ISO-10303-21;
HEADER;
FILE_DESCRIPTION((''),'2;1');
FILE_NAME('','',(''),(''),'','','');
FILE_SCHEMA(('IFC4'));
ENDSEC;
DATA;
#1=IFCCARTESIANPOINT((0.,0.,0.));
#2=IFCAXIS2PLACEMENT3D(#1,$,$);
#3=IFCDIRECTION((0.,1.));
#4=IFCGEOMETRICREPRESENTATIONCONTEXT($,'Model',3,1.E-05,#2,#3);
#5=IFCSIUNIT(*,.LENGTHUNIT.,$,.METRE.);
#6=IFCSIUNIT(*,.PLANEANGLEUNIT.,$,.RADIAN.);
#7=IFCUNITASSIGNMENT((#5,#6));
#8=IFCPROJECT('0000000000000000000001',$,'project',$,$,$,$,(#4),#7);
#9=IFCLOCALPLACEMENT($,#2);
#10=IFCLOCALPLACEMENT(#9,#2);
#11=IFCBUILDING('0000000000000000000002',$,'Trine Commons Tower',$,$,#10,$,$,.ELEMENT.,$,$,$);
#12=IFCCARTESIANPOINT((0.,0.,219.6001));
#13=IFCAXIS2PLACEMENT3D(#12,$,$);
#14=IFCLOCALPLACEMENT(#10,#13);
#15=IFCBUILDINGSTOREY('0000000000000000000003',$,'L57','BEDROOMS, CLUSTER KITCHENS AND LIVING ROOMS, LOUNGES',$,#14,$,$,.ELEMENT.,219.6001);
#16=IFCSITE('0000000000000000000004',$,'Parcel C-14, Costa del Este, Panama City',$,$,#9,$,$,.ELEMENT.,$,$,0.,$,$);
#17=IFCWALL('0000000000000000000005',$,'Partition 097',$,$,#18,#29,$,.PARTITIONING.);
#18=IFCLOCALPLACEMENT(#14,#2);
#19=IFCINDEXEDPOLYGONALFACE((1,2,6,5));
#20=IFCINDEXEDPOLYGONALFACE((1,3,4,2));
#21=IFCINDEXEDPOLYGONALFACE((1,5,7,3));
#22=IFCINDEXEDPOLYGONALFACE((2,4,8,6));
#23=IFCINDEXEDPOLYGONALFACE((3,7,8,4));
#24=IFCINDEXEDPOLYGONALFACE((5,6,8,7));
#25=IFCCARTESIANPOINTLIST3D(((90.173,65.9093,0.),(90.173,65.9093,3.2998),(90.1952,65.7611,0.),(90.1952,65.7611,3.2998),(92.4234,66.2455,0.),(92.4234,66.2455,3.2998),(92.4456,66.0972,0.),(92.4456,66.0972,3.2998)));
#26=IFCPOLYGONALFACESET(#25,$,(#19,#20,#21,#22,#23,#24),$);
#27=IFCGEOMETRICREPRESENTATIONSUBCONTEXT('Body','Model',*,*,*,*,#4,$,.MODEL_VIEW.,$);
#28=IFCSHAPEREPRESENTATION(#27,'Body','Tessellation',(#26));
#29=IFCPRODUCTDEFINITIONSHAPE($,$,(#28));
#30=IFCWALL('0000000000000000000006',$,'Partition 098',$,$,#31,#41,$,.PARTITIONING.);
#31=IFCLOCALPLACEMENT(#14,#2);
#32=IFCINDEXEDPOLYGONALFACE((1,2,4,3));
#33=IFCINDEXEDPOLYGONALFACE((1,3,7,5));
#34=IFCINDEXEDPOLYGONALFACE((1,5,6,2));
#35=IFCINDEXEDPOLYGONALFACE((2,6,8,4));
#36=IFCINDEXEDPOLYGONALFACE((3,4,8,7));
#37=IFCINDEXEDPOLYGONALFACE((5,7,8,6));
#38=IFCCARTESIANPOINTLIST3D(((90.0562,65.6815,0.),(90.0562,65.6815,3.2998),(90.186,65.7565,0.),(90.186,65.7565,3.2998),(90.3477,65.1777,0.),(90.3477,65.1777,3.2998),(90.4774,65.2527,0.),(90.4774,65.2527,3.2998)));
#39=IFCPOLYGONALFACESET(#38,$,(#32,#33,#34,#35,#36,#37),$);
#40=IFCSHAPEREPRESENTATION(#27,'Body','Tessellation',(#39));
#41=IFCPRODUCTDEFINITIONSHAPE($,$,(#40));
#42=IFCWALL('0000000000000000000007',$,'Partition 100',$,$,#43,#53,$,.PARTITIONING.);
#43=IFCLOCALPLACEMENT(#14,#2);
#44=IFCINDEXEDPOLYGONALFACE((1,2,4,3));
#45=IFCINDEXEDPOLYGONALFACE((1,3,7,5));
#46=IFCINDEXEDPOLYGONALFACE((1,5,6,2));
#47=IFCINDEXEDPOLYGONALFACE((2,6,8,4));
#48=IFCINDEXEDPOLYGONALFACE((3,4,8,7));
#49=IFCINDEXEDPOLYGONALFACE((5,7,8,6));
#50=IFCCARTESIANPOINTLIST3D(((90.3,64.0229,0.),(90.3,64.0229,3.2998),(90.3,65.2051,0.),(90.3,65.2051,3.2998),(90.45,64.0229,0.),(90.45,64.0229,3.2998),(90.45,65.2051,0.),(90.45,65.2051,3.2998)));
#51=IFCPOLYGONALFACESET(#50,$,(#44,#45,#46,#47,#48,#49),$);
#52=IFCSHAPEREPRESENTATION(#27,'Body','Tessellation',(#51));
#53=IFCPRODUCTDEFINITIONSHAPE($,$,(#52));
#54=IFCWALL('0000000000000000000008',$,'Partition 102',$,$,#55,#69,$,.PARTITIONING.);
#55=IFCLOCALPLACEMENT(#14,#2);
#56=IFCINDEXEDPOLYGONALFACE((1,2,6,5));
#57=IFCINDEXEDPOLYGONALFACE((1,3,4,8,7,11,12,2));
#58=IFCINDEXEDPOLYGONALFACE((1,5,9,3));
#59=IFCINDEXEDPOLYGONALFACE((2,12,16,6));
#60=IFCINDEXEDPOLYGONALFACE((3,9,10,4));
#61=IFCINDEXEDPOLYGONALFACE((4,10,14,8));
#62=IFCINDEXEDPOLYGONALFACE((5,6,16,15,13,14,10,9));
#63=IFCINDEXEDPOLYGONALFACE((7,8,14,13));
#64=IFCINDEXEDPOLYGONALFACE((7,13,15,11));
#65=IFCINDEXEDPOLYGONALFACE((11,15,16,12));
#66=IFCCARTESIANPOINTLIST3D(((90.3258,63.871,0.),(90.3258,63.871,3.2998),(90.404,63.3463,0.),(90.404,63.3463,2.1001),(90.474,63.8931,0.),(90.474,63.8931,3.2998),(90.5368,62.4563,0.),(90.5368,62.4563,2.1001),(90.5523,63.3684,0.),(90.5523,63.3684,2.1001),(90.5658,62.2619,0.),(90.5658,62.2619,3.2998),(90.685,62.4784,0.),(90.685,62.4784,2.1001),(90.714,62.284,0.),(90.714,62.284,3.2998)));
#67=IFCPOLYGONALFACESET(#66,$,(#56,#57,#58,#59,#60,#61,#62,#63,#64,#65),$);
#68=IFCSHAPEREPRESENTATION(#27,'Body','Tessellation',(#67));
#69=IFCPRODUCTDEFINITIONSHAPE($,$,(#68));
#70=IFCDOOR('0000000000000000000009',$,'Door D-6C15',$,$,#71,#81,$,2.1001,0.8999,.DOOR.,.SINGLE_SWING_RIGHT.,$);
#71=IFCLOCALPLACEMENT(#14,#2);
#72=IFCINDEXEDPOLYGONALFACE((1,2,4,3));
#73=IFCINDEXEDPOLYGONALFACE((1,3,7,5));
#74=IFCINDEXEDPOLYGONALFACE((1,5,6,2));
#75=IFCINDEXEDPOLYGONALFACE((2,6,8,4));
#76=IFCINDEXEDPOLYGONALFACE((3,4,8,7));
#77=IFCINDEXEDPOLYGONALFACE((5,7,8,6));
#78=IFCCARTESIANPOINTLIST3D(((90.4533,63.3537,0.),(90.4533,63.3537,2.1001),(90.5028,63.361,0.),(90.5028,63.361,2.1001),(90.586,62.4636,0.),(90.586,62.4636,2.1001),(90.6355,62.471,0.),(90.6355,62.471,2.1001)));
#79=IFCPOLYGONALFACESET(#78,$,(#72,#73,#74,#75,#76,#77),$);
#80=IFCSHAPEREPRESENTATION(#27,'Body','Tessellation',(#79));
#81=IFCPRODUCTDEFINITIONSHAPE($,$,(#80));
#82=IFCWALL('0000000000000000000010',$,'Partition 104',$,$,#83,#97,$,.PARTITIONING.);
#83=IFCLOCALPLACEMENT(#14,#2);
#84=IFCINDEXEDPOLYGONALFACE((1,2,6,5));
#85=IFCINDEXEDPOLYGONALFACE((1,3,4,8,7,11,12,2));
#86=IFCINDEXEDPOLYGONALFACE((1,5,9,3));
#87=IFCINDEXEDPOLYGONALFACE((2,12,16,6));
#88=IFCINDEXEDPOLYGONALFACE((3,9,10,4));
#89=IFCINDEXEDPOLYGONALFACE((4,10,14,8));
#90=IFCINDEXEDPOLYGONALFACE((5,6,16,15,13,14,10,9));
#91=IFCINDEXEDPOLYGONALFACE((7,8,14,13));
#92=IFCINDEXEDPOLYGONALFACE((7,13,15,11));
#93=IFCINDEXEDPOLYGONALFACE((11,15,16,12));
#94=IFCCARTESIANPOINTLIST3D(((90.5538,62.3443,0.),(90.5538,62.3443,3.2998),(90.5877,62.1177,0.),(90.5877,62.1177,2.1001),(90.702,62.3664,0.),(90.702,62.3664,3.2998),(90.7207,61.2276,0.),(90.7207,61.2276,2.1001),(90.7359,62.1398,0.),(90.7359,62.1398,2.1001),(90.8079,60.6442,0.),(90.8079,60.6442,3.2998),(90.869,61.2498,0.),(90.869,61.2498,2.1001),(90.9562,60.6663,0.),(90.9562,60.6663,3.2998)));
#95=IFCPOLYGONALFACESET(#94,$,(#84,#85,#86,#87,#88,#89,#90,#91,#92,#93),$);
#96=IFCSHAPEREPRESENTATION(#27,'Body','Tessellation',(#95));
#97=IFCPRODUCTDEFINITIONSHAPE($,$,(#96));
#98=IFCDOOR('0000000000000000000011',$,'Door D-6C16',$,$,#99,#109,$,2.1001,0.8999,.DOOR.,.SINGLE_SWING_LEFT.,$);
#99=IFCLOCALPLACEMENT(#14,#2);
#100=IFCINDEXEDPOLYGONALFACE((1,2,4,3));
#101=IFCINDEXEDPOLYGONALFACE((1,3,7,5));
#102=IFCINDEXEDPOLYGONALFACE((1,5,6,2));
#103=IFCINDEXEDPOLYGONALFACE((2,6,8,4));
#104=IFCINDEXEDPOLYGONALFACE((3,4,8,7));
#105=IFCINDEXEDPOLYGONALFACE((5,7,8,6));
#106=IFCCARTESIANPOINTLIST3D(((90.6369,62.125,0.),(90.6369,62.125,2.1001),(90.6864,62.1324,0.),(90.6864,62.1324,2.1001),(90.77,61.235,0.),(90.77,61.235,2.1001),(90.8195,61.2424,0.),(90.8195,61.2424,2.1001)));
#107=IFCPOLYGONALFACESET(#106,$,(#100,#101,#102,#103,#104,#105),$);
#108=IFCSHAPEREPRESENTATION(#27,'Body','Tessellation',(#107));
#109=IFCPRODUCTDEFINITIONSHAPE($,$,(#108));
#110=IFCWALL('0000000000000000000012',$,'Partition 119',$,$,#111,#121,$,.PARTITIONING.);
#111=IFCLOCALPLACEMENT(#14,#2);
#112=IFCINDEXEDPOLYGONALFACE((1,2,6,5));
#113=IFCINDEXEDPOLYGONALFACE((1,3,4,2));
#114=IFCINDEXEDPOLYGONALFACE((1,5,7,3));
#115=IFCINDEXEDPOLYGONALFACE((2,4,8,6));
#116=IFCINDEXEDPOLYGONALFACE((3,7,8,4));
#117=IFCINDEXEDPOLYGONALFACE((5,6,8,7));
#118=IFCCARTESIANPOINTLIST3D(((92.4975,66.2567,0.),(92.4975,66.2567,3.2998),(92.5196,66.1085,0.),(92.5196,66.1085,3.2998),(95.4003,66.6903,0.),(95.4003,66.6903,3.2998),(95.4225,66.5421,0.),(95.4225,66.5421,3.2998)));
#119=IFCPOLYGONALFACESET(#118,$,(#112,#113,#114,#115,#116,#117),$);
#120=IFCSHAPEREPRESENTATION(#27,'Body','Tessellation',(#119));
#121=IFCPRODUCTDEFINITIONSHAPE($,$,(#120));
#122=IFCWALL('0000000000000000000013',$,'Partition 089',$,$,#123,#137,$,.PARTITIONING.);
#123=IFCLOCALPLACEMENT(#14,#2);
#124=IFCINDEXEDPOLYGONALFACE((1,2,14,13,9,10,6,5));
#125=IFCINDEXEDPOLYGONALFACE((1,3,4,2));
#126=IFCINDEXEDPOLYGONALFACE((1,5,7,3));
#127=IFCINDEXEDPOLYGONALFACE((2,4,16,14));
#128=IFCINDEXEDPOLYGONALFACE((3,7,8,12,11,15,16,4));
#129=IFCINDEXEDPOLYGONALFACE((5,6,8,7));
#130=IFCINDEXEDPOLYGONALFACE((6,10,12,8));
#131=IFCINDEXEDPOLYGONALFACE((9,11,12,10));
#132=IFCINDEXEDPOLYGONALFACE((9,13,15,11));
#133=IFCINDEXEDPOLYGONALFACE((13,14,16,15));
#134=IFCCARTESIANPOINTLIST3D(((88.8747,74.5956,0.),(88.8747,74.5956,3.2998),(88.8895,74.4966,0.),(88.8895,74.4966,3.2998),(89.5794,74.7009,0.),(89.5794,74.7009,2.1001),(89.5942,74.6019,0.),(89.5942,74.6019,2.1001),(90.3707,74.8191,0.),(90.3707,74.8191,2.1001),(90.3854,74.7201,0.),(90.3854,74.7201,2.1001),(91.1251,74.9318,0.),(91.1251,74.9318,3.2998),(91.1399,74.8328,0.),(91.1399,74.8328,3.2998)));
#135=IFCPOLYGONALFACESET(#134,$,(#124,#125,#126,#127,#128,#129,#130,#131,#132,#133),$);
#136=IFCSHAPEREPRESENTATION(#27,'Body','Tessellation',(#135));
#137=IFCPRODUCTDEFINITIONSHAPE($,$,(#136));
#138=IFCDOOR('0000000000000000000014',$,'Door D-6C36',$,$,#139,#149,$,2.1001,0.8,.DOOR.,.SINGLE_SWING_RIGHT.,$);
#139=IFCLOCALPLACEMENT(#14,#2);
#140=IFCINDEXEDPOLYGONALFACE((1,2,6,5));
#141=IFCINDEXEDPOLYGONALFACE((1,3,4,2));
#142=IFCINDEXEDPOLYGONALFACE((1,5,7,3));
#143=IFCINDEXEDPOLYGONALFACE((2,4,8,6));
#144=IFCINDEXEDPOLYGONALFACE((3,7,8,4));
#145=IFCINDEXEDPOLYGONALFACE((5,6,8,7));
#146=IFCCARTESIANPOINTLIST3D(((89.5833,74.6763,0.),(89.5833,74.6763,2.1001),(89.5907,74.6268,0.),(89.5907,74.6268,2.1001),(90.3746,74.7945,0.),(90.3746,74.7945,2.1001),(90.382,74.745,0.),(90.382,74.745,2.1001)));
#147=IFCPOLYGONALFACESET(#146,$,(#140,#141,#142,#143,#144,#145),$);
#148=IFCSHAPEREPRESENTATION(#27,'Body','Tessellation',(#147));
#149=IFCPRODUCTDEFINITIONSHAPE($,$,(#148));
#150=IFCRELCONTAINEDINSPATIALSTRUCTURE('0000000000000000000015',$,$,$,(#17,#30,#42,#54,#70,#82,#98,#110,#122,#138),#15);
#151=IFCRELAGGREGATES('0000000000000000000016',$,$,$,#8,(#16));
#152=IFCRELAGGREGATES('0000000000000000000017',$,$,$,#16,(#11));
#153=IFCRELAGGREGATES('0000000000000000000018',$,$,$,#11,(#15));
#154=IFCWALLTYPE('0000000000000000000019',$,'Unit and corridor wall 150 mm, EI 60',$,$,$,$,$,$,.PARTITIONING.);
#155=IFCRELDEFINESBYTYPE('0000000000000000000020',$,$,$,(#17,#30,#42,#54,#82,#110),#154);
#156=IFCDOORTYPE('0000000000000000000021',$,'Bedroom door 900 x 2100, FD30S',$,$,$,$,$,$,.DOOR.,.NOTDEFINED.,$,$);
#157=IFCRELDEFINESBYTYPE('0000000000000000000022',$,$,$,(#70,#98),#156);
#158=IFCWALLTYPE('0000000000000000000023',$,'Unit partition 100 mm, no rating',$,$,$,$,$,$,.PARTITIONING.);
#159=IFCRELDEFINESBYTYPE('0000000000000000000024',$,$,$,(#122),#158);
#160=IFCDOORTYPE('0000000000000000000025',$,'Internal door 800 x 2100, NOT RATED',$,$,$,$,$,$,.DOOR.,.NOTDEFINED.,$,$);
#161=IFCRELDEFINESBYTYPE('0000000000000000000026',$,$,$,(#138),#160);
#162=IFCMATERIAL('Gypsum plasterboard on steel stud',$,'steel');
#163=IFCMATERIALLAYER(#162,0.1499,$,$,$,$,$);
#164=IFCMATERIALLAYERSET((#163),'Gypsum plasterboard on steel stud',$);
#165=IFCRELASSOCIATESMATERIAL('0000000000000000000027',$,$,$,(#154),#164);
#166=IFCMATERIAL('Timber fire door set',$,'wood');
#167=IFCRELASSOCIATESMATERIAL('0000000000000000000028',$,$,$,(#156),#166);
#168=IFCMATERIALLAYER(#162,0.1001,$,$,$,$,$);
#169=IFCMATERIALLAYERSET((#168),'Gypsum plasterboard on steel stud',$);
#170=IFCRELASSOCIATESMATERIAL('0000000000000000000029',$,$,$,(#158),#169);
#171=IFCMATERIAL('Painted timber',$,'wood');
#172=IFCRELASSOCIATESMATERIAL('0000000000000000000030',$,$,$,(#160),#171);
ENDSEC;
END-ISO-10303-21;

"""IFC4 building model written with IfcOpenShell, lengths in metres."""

from ifc_helpers import new_model, si_unit, direction, frame, frame_2d, origin, place, context, subcontext, project, spatial, rectangle, extrude, material, layer, layer_set, type_object, element, fill, save


model = new_model("IFC4")

# Units and contexts
model_context = context("Model", 3, precision=1e-05, world=origin(), true_north=direction((0.0, 1.0)))
body_context = subcontext(model_context, "Body", "Model", "MODEL_VIEW")
ifc_project = project(units=[si_unit("LENGTHUNIT", "METRE"), si_unit("PLANEANGLEUNIT", "RADIAN")], contexts=[model_context])

# Site, building, storey
site_placement = place(None, origin())
site = spatial("IfcSite", under=ifc_project, at=site_placement, Name="Parcel C-14, Costa del Este, Panama City", CompositionType="ELEMENT", RefElevation=0.0)
building_placement = place(site_placement, origin())
building = spatial("IfcBuilding", under=site, at=building_placement, Name="Trine Commons Tower", CompositionType="ELEMENT")
storey_placement = place(building_placement, frame((0.0, 0.0, 219.6001)))
storey = spatial("IfcBuildingStorey", under=building, at=storey_placement, Name="L57", Description="BEDROOMS, CLUSTER KITCHENS AND LIVING ROOMS, LOUNGES", CompositionType="ELEMENT", Elevation=219.6001)

# Shared definitions
ifc_material_1 = material(Name="Gypsum plasterboard on steel stud", Category="steel")
ifc_layer_1 = layer(ifc_material_1, 0.1499)
ifc_layer_set_1 = layer_set([ifc_layer_1], Name="Gypsum plasterboard on steel stud")
wall_type_1 = type_object("IfcWallType", Name="Unit and corridor wall 150 mm, EI 60", PredefinedType="PARTITIONING", material=ifc_layer_set_1)

# Shared definitions
ifc_material_2 = material(Name="Timber fire door set", Category="wood")
door_type_1 = type_object("IfcDoorType", Name="Bedroom door 900 x 2100, FD30S", OperationType="NOTDEFINED", PredefinedType="DOOR", material=ifc_material_2)

# Walls
wall_1_placement = place(storey_placement, frame((90.1841, 65.8352, 0.0), z_axis=(0.0, 0.0, 1.0), x_axis=(0.989026, 0.147742, 0.0)))
element("IfcWall", 1, at=wall_1_placement, inside=storey, type_object=wall_type_1, Name="Partition 097", PredefinedType="PARTITIONING", context=body_context, shape_type="SweptSolid", body=[
    extrude(rectangle(XDim=2.2754, YDim=0.1499, at=frame_2d((1.1377, 0.0))), origin(), (0.0, 0.0, 1.0), 3.2998),
])
wall_2_placement = place(storey_placement, frame((90.1211, 65.719, 0.0), z_axis=(0.0, 0.0, 1.0), x_axis=(0.500739, -0.865599, 0.0)))
element("IfcWall", 2, at=wall_2_placement, inside=storey, type_object=wall_type_1, Name="Partition 098", PredefinedType="PARTITIONING", context=body_context, shape_type="SweptSolid", body=[
    extrude(rectangle(XDim=0.582, YDim=0.1499, at=frame_2d((0.291, 0.0))), origin(), (0.0, 0.0, 1.0), 3.2998),
])
wall_3_placement = place(storey_placement, frame((90.375, 64.0229, 0.0), z_axis=(0.0, 0.0, 1.0), x_axis=(0.0, 1.0, 0.0)))
element("IfcWall", 3, at=wall_3_placement, inside=storey, type_object=wall_type_1, Name="Partition 100", PredefinedType="PARTITIONING", context=body_context, shape_type="SweptSolid", body=[
    extrude(rectangle(XDim=1.1821, YDim=0.1499, at=frame_2d((0.5911, 0.0))), origin(), (0.0, 0.0, 1.0), 3.2998),
])

# Walls, openings, doors
wall_4_placement = place(storey_placement, frame((90.3999, 63.8821, 0.0), z_axis=(0.0, 0.0, 1.0), x_axis=(0.147511, -0.98906, 0.0)))
wall_4 = element("IfcWall", 4, at=wall_4_placement, inside=storey, type_object=wall_type_1, Name="Partition 102", PredefinedType="PARTITIONING", context=body_context, shape_type="SweptSolid", body=[
    extrude(rectangle(XDim=1.627, YDim=0.1499, at=frame_2d((0.8135, 0.0))), origin(), (0.0, 0.0, 1.0), 3.2998),
])
opening_1_placement = place(wall_4_placement, frame((0.5305, 0.0, 0.0)))
opening_1 = element("IfcOpeningElement", 5, at=opening_1_placement, cuts=wall_4, PredefinedType="OPENING", context=body_context, shape_type="SweptSolid", body=[
    extrude(rectangle(XDim=0.8999, YDim=2.1001, at=frame_2d((0.45, 1.05))), frame((0.0, 0.085, 0.0), z_axis=(0.0, -1.0, 0.0), x_axis=(1.0, 0.0, 0.0)), (0.0, 0.0, 1.0), 0.1699),
])
door_1_placement = place(opening_1_placement, origin())
door_1 = element("IfcDoor", 6, at=door_1_placement, inside=storey, type_object=door_type_1, Name="Door D-6C15", OperationType="SINGLE_SWING_RIGHT", OverallHeight=2.1001, OverallWidth=0.8999, PredefinedType="DOOR", context=body_context, shape_type="SweptSolid", body=[
    extrude(rectangle(XDim=0.8999, YDim=2.1001, at=frame_2d((0.45, 1.05))), frame((0.0, 0.0249, 0.0), z_axis=(0.0, -1.0, 0.0), x_axis=(1.0, 0.0, 0.0)), (0.0, 0.0, 1.0), 0.05),
])
fill(opening_1, door_1)
wall_5_placement = place(storey_placement, frame((90.6279, 62.3552, 0.0), z_axis=(0.0, 0.0, 1.0), x_axis=(0.14784, -0.989011, 0.0)))
wall_5 = element("IfcWall", 7, at=wall_5_placement, inside=storey, type_object=wall_type_1, Name="Partition 104", PredefinedType="PARTITIONING", context=body_context, shape_type="SweptSolid", body=[
    extrude(rectangle(XDim=1.719, YDim=0.1499, at=frame_2d((0.8594, 0.0))), origin(), (0.0, 0.0, 1.0), 3.2998),
])
opening_2_placement = place(wall_5_placement, frame((0.229, 0.0, 0.0)))
opening_2 = element("IfcOpeningElement", 8, at=opening_2_placement, cuts=wall_5, PredefinedType="OPENING", context=body_context, shape_type="SweptSolid", body=[
    extrude(rectangle(XDim=0.8999, YDim=2.1001, at=frame_2d((0.45, 1.05))), frame((0.0, 0.085, 0.0), z_axis=(0.0, -1.0, 0.0), x_axis=(1.0, 0.0, 0.0)), (0.0, 0.0, 1.0), 0.1699),
])
door_2_placement = place(opening_2_placement, origin())
door_2 = element("IfcDoor", 9, at=door_2_placement, inside=storey, type_object=door_type_1, Name="Door D-6C16", OperationType="SINGLE_SWING_LEFT", OverallHeight=2.1001, OverallWidth=0.8999, PredefinedType="DOOR", context=body_context, shape_type="SweptSolid", body=[
    extrude(rectangle(XDim=0.8999, YDim=2.1001, at=frame_2d((0.45, 1.05))), frame((0.0, 0.0249, 0.0), z_axis=(0.0, -1.0, 0.0), x_axis=(1.0, 0.0, 0.0)), (0.0, 0.0, 1.0), 0.05),
])
fill(opening_2, door_2)

# Wall
wall_6_placement = place(storey_placement, frame((92.5085, 66.1826, 0.0), z_axis=(0.0, 0.0, 1.0), x_axis=(0.989028, 0.14773, 0.0)))
element("IfcWall", 10, at=wall_6_placement, inside=storey, type_object=wall_type_1, Name="Partition 119", PredefinedType="PARTITIONING", context=body_context, shape_type="SweptSolid", body=[
    extrude(rectangle(XDim=2.9351, YDim=0.1499, at=frame_2d((1.4675, 0.0))), origin(), (0.0, 0.0, 1.0), 3.2998),
])

# Wall, opening, door
ifc_layer_2 = layer(ifc_material_1, 0.1001)
ifc_layer_set_2 = layer_set([ifc_layer_2], Name="Gypsum plasterboard on steel stud")
wall_type_2 = type_object("IfcWallType", Name="Unit partition 100 mm, no rating", PredefinedType="PARTITIONING", material=ifc_layer_set_2)
wall_7_placement = place(storey_placement, frame((88.8821, 74.5461, 0.0), z_axis=(0.0, 0.0, 1.0), x_axis=(0.989026, 0.147742, 0.0)))
wall_7 = element("IfcWall", 11, at=wall_7_placement, inside=storey, type_object=wall_type_2, Name="Partition 089", PredefinedType="PARTITIONING", context=body_context, shape_type="SweptSolid", body=[
    extrude(rectangle(XDim=2.2754, YDim=0.1001, at=frame_2d((1.1377, 0.0))), origin(), (0.0, 0.0, 1.0), 3.2998),
])
opening_3_placement = place(wall_7_placement, frame((0.7126, 0.0, 0.0)))
opening_3 = element("IfcOpeningElement", 12, at=opening_3_placement, cuts=wall_7, PredefinedType="OPENING", context=body_context, shape_type="SweptSolid", body=[
    extrude(rectangle(XDim=0.8, YDim=2.1001, at=frame_2d((0.3999, 1.05))), frame((0.0, 0.0601, 0.0), z_axis=(0.0, -1.0, 0.0), x_axis=(1.0, 0.0, 0.0)), (0.0, 0.0, 1.0), 0.1201),
])
ifc_material_3 = material(Name="Painted timber", Category="wood")
door_type_2 = type_object("IfcDoorType", Name="Internal door 800 x 2100, NOT RATED", OperationType="NOTDEFINED", PredefinedType="DOOR", material=ifc_material_3)
door_3_placement = place(opening_3_placement, frame((0.8, 0.0, 0.0), z_axis=(0.0, 0.0, 1.0), x_axis=(-1.0, 0.0, 0.0)))
door_3 = element("IfcDoor", 13, at=door_3_placement, inside=storey, type_object=door_type_2, Name="Door D-6C36", OperationType="SINGLE_SWING_RIGHT", OverallHeight=2.1001, OverallWidth=0.8, PredefinedType="DOOR", context=body_context, shape_type="SweptSolid", body=[
    extrude(rectangle(XDim=0.8, YDim=2.1001, at=frame_2d((0.3999, 1.05))), frame((0.0, 0.0249, 0.0), z_axis=(0.0, -1.0, 0.0), x_axis=(1.0, 0.0, 0.0)), (0.0, 0.0, 1.0), 0.05),
])
fill(opening_3, door_3)

save(model, "model.ifc")
